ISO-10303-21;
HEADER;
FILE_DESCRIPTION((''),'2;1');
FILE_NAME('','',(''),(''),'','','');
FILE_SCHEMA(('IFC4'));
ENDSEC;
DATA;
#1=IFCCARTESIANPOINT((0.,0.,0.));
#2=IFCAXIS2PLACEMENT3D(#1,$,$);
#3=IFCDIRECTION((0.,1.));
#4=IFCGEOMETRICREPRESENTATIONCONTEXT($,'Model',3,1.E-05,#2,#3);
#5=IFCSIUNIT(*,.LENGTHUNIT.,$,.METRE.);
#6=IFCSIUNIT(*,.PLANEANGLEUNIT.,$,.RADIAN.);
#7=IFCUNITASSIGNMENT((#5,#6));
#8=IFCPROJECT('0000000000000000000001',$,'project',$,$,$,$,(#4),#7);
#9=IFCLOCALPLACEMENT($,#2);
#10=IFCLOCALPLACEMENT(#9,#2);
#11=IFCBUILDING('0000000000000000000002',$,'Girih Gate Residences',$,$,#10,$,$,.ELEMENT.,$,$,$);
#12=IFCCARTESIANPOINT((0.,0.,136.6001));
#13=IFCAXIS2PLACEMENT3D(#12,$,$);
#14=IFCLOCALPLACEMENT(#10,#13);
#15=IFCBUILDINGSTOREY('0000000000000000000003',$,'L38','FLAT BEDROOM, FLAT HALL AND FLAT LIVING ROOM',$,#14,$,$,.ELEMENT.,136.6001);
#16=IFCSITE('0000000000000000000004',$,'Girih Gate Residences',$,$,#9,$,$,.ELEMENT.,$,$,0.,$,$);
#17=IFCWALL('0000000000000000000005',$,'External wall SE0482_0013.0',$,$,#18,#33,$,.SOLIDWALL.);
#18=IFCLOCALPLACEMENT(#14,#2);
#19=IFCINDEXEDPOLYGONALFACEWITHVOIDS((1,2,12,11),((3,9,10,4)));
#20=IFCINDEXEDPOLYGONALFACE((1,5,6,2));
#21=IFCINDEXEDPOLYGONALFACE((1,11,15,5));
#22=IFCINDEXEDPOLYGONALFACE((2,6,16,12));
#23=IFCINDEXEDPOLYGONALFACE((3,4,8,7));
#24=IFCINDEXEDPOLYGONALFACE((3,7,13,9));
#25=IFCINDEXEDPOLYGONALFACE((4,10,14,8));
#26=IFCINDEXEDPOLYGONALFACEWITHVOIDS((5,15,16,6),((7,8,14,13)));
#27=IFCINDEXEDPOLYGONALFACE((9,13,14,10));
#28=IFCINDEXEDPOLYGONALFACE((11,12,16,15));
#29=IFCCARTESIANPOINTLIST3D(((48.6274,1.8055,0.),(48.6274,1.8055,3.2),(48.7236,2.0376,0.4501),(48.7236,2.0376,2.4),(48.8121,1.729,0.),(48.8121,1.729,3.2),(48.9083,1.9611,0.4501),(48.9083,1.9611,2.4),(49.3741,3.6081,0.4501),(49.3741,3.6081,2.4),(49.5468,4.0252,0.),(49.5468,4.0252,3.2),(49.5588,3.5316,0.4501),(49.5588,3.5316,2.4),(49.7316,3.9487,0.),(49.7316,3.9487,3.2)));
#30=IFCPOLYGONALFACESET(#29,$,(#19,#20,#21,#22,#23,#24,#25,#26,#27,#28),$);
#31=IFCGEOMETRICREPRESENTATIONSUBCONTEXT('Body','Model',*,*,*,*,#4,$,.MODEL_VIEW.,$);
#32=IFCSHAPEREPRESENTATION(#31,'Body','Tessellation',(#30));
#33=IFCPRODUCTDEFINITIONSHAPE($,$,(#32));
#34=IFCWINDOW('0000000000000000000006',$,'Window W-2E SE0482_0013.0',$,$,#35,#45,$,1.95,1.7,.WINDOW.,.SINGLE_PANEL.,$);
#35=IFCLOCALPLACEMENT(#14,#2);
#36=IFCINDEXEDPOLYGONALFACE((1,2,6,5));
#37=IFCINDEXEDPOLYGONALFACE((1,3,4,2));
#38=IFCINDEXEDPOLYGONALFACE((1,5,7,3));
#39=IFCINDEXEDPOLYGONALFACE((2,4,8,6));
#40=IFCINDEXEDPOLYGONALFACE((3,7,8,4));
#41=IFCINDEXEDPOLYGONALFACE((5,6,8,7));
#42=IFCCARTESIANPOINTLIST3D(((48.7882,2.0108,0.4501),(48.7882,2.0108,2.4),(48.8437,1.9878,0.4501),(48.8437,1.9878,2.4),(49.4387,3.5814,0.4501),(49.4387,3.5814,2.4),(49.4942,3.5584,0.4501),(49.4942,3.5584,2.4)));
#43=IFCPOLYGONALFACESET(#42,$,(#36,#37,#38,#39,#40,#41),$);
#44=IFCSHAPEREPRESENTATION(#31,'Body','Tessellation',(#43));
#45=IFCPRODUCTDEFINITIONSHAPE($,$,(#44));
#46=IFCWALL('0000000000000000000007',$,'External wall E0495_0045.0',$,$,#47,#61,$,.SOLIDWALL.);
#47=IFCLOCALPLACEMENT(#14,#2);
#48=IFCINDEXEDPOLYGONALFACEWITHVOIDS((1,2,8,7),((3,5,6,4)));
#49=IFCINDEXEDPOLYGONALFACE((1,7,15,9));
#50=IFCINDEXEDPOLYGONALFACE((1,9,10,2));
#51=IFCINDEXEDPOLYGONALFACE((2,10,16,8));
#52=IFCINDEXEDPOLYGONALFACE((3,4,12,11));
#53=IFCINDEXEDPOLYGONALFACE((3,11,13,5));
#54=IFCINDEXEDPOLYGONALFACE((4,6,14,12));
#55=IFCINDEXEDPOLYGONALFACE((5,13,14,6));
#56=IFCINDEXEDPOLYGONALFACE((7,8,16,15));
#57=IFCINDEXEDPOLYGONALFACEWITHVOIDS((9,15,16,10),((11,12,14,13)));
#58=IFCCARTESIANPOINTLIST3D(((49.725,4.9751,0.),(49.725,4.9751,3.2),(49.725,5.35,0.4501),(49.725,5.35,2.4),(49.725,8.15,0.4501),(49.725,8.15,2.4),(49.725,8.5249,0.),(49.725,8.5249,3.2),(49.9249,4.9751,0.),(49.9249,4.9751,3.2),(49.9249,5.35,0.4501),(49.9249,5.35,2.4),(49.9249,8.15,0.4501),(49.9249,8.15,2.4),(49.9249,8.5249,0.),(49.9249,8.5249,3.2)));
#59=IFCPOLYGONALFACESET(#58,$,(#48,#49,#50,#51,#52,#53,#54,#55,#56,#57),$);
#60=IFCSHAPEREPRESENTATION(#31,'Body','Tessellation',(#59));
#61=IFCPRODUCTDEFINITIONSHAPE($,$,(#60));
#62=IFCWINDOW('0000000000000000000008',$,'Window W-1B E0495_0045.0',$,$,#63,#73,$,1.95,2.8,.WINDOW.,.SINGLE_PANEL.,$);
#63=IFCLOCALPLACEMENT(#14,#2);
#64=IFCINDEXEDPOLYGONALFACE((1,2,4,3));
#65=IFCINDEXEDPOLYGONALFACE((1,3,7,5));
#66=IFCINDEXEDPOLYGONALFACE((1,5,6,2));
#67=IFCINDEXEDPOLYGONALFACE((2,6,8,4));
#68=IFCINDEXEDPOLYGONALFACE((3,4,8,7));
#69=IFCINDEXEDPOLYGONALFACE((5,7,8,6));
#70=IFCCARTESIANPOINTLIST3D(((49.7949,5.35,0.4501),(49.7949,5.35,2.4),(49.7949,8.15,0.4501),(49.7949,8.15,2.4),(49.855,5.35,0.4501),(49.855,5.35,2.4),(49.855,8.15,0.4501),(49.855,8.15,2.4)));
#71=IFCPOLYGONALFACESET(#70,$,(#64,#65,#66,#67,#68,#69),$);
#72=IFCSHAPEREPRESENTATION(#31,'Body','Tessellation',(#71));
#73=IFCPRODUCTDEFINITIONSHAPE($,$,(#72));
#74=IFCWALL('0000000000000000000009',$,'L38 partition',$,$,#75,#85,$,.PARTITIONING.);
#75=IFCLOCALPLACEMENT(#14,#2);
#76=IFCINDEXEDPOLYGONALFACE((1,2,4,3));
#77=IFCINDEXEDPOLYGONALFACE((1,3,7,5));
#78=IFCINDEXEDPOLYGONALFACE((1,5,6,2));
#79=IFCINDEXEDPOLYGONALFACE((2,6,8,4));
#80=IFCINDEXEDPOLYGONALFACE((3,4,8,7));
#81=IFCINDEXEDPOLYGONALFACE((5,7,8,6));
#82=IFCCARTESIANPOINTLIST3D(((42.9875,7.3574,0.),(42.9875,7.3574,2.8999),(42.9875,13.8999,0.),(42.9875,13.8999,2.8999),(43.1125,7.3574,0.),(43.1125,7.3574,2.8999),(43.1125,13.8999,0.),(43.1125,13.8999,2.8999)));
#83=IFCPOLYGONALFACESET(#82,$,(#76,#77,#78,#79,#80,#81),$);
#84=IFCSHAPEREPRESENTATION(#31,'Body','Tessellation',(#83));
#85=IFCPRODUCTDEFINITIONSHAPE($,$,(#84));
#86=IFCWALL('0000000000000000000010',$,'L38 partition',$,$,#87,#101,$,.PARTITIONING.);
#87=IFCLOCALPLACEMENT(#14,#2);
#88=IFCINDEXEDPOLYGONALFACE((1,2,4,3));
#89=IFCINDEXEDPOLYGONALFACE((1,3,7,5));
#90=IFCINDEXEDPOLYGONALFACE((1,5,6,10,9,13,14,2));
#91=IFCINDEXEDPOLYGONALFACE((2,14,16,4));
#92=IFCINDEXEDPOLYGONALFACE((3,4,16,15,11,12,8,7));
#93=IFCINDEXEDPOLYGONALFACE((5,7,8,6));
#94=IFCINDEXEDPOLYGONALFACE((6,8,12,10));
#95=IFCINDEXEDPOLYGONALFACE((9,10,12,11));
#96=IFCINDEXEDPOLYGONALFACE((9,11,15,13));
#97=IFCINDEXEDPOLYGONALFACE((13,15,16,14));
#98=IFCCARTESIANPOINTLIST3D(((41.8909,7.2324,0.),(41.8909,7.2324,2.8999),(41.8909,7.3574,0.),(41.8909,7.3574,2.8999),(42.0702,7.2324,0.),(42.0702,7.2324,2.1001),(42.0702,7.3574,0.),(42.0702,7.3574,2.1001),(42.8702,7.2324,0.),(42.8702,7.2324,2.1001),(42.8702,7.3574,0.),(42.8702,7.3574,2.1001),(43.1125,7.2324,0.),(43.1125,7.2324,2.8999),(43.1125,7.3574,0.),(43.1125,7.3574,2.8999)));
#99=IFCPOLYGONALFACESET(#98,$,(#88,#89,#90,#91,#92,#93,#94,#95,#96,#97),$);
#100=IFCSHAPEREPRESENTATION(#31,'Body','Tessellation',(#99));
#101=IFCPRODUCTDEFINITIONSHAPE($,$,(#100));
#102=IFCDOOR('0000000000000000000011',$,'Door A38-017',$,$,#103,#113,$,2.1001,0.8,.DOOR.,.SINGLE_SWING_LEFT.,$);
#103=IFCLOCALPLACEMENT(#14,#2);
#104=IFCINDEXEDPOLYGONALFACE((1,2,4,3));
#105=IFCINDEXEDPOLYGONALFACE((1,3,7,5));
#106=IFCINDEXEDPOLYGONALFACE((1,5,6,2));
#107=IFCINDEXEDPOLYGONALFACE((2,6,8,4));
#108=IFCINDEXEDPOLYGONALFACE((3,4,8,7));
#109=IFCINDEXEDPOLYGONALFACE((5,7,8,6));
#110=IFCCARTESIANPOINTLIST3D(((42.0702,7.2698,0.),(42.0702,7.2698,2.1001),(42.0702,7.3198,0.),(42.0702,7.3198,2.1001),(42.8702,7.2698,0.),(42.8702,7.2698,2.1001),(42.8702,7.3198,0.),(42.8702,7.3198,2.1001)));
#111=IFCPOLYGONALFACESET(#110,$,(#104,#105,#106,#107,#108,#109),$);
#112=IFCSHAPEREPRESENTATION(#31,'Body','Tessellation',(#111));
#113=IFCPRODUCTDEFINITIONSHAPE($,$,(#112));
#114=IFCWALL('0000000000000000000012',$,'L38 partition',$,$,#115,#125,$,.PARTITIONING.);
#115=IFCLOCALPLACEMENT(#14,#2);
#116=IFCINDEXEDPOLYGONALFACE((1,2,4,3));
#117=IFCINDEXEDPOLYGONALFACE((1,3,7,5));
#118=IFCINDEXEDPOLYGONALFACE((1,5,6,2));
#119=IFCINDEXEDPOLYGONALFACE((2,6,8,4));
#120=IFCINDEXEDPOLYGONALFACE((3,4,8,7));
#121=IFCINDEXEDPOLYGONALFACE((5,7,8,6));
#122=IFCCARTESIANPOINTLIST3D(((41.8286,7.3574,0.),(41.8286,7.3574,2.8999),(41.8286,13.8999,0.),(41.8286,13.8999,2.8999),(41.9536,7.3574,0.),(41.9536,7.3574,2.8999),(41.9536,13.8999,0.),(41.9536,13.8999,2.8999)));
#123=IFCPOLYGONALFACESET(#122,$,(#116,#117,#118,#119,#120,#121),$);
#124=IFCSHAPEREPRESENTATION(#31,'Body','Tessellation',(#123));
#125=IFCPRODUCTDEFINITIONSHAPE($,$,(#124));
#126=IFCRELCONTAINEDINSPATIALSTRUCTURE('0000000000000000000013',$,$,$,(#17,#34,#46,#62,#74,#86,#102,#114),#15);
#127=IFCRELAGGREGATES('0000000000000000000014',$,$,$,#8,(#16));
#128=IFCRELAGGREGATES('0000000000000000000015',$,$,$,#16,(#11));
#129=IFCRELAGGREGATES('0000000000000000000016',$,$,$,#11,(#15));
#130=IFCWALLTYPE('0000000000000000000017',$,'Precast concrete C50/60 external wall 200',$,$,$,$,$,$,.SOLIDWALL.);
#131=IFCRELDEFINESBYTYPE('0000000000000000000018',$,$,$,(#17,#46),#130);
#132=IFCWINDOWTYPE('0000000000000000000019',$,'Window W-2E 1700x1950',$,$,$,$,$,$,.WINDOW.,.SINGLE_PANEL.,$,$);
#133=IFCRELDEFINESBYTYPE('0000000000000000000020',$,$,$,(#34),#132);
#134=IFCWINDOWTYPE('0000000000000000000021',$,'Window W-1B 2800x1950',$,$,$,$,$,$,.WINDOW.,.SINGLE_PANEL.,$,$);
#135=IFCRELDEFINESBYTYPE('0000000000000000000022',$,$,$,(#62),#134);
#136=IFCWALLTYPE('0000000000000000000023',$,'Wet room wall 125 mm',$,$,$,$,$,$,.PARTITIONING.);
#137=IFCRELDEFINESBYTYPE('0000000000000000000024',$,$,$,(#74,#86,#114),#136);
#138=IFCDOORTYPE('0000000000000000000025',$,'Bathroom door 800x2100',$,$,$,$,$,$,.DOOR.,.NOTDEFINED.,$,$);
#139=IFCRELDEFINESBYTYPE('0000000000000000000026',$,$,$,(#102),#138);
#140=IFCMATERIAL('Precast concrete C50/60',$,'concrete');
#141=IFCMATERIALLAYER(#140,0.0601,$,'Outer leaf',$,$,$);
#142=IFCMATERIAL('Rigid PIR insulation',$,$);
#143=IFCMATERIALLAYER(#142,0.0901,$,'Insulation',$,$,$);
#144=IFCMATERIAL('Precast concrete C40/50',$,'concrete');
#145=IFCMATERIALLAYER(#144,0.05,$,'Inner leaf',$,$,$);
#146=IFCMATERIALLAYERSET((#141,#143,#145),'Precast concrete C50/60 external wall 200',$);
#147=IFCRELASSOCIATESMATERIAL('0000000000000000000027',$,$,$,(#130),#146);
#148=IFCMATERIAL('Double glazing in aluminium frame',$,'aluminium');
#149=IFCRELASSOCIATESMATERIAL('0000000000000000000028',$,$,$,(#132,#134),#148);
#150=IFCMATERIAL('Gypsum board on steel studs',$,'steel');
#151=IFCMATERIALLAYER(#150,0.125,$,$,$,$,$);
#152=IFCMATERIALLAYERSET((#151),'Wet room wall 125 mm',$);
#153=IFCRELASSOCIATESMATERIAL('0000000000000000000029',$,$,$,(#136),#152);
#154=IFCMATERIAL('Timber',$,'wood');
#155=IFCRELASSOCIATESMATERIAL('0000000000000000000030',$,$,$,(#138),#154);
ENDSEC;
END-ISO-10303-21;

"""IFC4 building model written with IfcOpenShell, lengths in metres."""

from ifc_helpers import new_model, si_unit, direction, frame, frame_2d, origin, place, context, subcontext, project, spatial, rectangle, extrude, material, layer, layer_set, type_object, element, fill, save


model = new_model("IFC4")

# Units and contexts
model_context = context("Model", 3, precision=1e-05, world=origin(), true_north=direction((0.0, 1.0)))
body_context = subcontext(model_context, "Body", "Model", "MODEL_VIEW")
ifc_project = project(units=[si_unit("LENGTHUNIT", "METRE"), si_unit("PLANEANGLEUNIT", "RADIAN")], contexts=[model_context])

# Site, building, storey
site_placement = place(None, origin())
site = spatial("IfcSite", under=ifc_project, at=site_placement, Name="Girih Gate Residences", CompositionType="ELEMENT", RefElevation=0.0)
building_placement = place(site_placement, origin())
building = spatial("IfcBuilding", under=site, at=building_placement, Name="Girih Gate Residences", CompositionType="ELEMENT")
storey_placement = place(building_placement, frame((0.0, 0.0, 136.6001)))
storey = spatial("IfcBuildingStorey", under=building, at=storey_placement, Name="L38", Description="FLAT BEDROOM, FLAT HALL AND FLAT LIVING ROOM", CompositionType="ELEMENT", Elevation=136.6001)

# Shared definitions
ifc_material_1 = material(Name="Gypsum board on steel studs", Category="steel")
ifc_material_2 = material(Name="Timber", Category="wood")

# Walls, openings, windows
ifc_material_3 = material(Name="Precast concrete C50/60", Category="concrete")
ifc_layer_1 = layer(ifc_material_3, 0.0601, Name="Outer leaf")
ifc_material_4 = material(Name="Rigid PIR insulation")
ifc_layer_2 = layer(ifc_material_4, 0.0901, Name="Insulation")
ifc_material_5 = material(Name="Precast concrete C40/50", Category="concrete")
ifc_layer_3 = layer(ifc_material_5, 0.05, Name="Inner leaf")
ifc_layer_set_1 = layer_set([ifc_layer_1, ifc_layer_2, ifc_layer_3], Name="Precast concrete C50/60 external wall 200")
wall_type_1 = type_object("IfcWallType", Name="Precast concrete C50/60 external wall 200", PredefinedType="SOLIDWALL", material=ifc_layer_set_1)
wall_1_placement = place(storey_placement, frame((49.6392, 3.9868, 0.0), z_axis=(0.0, 0.0, 1.0), x_axis=(-0.382681, -0.923881, 0.0)))
wall_1 = element("IfcWall", 1, at=wall_1_placement, inside=storey, type_object=wall_type_1, Name="External wall SE0482_0013.0", PredefinedType="SOLIDWALL", context=body_context, shape_type="SweptSolid", body=[
    extrude(rectangle(XDim=2.4026, YDim=0.2, at=frame_2d((1.2012, 0.0))), origin(), (0.0, 0.0, 1.0), 3.2),
])
opening_1_placement = place(wall_1_placement, frame((0.4512, 0.0, 0.45)))
opening_1 = element("IfcOpeningElement", 2, at=opening_1_placement, cuts=wall_1, PredefinedType="OPENING", context=body_context, shape_type="SweptSolid", body=[
    extrude(rectangle(XDim=1.7, YDim=1.95, at=frame_2d((0.8501, 0.9751))), frame((0.0, 0.1099, 0.0), z_axis=(0.0, -1.0, 0.0), x_axis=(1.0, 0.0, 0.0)), (0.0, 0.0, 1.0), 0.22),
])
ifc_material_6 = material(Name="Double glazing in aluminium frame", Category="aluminium")
window_type_1 = type_object("IfcWindowType", Name="Window W-2E 1700x1950", PartitioningType="SINGLE_PANEL", PredefinedType="WINDOW", material=ifc_material_6)
window_1_placement = place(opening_1_placement, origin())
window_1 = element("IfcWindow", 3, at=window_1_placement, inside=storey, type_object=window_type_1, Name="Window W-2E SE0482_0013.0", OverallHeight=1.95, OverallWidth=1.7, PartitioningType="SINGLE_PANEL", PredefinedType="WINDOW", context=body_context, shape_type="SweptSolid", body=[
    extrude(rectangle(XDim=1.7, YDim=1.95, at=frame_2d((0.8501, 0.9751))), frame((0.0, 0.03, 0.0), z_axis=(0.0, -1.0, 0.0), x_axis=(1.0, 0.0, 0.0)), (0.0, 0.0, 1.0), 0.0601),
])
fill(opening_1, window_1)
wall_2_placement = place(storey_placement, frame((49.825, 8.5249, 0.0), z_axis=(0.0, 0.0, 1.0), x_axis=(0.0, -1.0, 0.0)))
wall_2 = element("IfcWall", 4, at=wall_2_placement, inside=storey, type_object=wall_type_1, Name="External wall E0495_0045.0", PredefinedType="SOLIDWALL", context=body_context, shape_type="SweptSolid", body=[
    extrude(rectangle(XDim=3.5498, YDim=0.2, at=frame_2d((1.7749, 0.0))), origin(), (0.0, 0.0, 1.0), 3.2),
])
opening_2_placement = place(wall_2_placement, frame((0.375, 0.0, 0.45)))
opening_2 = element("IfcOpeningElement", 5, at=opening_2_placement, cuts=wall_2, PredefinedType="OPENING", context=body_context, shape_type="SweptSolid", body=[
    extrude(rectangle(XDim=2.8, YDim=1.95, at=frame_2d((1.3999, 0.9751))), frame((0.0, 0.1099, 0.0), z_axis=(0.0, -1.0, 0.0), x_axis=(1.0, 0.0, 0.0)), (0.0, 0.0, 1.0), 0.22),
])
window_type_2 = type_object("IfcWindowType", Name="Window W-1B 2800x1950", PartitioningType="SINGLE_PANEL", PredefinedType="WINDOW", material=ifc_material_6)
window_2_placement = place(opening_2_placement, origin())
window_2 = element("IfcWindow", 6, at=window_2_placement, inside=storey, type_object=window_type_2, Name="Window W-1B E0495_0045.0", OverallHeight=1.95, OverallWidth=2.8, PartitioningType="SINGLE_PANEL", PredefinedType="WINDOW", context=body_context, shape_type="SweptSolid", body=[
    extrude(rectangle(XDim=2.8, YDim=1.95, at=frame_2d((1.3999, 0.9751))), frame((0.0, 0.03, 0.0), z_axis=(0.0, -1.0, 0.0), x_axis=(1.0, 0.0, 0.0)), (0.0, 0.0, 1.0), 0.0601),
])
fill(opening_2, window_2)

# Wall
ifc_layer_4 = layer(ifc_material_1, 0.125)
ifc_layer_set_2 = layer_set([ifc_layer_4], Name="Wet room wall 125 mm")
wall_type_2 = type_object("IfcWallType", Name="Wet room wall 125 mm", PredefinedType="PARTITIONING", material=ifc_layer_set_2)
wall_3_placement = place(storey_placement, frame((43.05, 7.3574, 0.0), z_axis=(0.0, 0.0, 1.0), x_axis=(0.0, 1.0, 0.0)))
element("IfcWall", 7, at=wall_3_placement, inside=storey, type_object=wall_type_2, Name="L38 partition", PredefinedType="PARTITIONING", context=body_context, shape_type="SweptSolid", body=[
    extrude(rectangle(XDim=6.5425, YDim=0.125, at=frame_2d((3.2712, 0.0))), origin(), (0.0, 0.0, 1.0), 2.8999),
])

# Wall, opening, door
wall_4_placement = place(storey_placement, frame((41.8909, 7.2949, 0.0), z_axis=(0.0, 0.0, 1.0), x_axis=(1.0, 0.0, 0.0)))
wall_4 = element("IfcWall", 8, at=wall_4_placement, inside=storey, type_object=wall_type_2, Name="L38 partition", PredefinedType="PARTITIONING", context=body_context, shape_type="SweptSolid", body=[
    extrude(rectangle(XDim=1.2217, YDim=0.125, at=frame_2d((0.6108, 0.0))), origin(), (0.0, 0.0, 1.0), 2.8999),
])
opening_3_placement = place(wall_4_placement, frame((0.1794, 0.0, 0.0)))
opening_3 = element("IfcOpeningElement", 9, at=opening_3_placement, cuts=wall_4, PredefinedType="OPENING", context=body_context, shape_type="SweptSolid", body=[
    extrude(rectangle(XDim=0.8, YDim=2.1001, at=frame_2d((0.3999, 1.05))), frame((0.0, 0.0725, 0.0), z_axis=(0.0, -1.0, 0.0), x_axis=(1.0, 0.0, 0.0)), (0.0, 0.0, 1.0), 0.145),
])
door_type_1 = type_object("IfcDoorType", Name="Bathroom door 800x2100", OperationType="NOTDEFINED", PredefinedType="DOOR", material=ifc_material_2)
door_1_placement = place(opening_3_placement, origin())
door_1 = element("IfcDoor", 10, at=door_1_placement, inside=storey, type_object=door_type_1, Name="Door A38-017", OperationType="SINGLE_SWING_LEFT", OverallHeight=2.1001, OverallWidth=0.8, PredefinedType="DOOR", context=body_context, shape_type="SweptSolid", body=[
    extrude(rectangle(XDim=0.8, YDim=2.1001, at=frame_2d((0.3999, 1.05))), frame((0.0, 0.0249, 0.0), z_axis=(0.0, -1.0, 0.0), x_axis=(1.0, 0.0, 0.0)), (0.0, 0.0, 1.0), 0.05),
])
fill(opening_3, door_1)

# Wall
wall_5_placement = place(storey_placement, frame((41.8911, 7.3574, 0.0), z_axis=(0.0, 0.0, 1.0), x_axis=(0.0, 1.0, 0.0)))
element("IfcWall", 11, at=wall_5_placement, inside=storey, type_object=wall_type_2, Name="L38 partition", PredefinedType="PARTITIONING", context=body_context, shape_type="SweptSolid", body=[
    extrude(rectangle(XDim=6.5425, YDim=0.125, at=frame_2d((3.2712, 0.0))), origin(), (0.0, 0.0, 1.0), 2.8999),
])

save(model, "model.ifc")
